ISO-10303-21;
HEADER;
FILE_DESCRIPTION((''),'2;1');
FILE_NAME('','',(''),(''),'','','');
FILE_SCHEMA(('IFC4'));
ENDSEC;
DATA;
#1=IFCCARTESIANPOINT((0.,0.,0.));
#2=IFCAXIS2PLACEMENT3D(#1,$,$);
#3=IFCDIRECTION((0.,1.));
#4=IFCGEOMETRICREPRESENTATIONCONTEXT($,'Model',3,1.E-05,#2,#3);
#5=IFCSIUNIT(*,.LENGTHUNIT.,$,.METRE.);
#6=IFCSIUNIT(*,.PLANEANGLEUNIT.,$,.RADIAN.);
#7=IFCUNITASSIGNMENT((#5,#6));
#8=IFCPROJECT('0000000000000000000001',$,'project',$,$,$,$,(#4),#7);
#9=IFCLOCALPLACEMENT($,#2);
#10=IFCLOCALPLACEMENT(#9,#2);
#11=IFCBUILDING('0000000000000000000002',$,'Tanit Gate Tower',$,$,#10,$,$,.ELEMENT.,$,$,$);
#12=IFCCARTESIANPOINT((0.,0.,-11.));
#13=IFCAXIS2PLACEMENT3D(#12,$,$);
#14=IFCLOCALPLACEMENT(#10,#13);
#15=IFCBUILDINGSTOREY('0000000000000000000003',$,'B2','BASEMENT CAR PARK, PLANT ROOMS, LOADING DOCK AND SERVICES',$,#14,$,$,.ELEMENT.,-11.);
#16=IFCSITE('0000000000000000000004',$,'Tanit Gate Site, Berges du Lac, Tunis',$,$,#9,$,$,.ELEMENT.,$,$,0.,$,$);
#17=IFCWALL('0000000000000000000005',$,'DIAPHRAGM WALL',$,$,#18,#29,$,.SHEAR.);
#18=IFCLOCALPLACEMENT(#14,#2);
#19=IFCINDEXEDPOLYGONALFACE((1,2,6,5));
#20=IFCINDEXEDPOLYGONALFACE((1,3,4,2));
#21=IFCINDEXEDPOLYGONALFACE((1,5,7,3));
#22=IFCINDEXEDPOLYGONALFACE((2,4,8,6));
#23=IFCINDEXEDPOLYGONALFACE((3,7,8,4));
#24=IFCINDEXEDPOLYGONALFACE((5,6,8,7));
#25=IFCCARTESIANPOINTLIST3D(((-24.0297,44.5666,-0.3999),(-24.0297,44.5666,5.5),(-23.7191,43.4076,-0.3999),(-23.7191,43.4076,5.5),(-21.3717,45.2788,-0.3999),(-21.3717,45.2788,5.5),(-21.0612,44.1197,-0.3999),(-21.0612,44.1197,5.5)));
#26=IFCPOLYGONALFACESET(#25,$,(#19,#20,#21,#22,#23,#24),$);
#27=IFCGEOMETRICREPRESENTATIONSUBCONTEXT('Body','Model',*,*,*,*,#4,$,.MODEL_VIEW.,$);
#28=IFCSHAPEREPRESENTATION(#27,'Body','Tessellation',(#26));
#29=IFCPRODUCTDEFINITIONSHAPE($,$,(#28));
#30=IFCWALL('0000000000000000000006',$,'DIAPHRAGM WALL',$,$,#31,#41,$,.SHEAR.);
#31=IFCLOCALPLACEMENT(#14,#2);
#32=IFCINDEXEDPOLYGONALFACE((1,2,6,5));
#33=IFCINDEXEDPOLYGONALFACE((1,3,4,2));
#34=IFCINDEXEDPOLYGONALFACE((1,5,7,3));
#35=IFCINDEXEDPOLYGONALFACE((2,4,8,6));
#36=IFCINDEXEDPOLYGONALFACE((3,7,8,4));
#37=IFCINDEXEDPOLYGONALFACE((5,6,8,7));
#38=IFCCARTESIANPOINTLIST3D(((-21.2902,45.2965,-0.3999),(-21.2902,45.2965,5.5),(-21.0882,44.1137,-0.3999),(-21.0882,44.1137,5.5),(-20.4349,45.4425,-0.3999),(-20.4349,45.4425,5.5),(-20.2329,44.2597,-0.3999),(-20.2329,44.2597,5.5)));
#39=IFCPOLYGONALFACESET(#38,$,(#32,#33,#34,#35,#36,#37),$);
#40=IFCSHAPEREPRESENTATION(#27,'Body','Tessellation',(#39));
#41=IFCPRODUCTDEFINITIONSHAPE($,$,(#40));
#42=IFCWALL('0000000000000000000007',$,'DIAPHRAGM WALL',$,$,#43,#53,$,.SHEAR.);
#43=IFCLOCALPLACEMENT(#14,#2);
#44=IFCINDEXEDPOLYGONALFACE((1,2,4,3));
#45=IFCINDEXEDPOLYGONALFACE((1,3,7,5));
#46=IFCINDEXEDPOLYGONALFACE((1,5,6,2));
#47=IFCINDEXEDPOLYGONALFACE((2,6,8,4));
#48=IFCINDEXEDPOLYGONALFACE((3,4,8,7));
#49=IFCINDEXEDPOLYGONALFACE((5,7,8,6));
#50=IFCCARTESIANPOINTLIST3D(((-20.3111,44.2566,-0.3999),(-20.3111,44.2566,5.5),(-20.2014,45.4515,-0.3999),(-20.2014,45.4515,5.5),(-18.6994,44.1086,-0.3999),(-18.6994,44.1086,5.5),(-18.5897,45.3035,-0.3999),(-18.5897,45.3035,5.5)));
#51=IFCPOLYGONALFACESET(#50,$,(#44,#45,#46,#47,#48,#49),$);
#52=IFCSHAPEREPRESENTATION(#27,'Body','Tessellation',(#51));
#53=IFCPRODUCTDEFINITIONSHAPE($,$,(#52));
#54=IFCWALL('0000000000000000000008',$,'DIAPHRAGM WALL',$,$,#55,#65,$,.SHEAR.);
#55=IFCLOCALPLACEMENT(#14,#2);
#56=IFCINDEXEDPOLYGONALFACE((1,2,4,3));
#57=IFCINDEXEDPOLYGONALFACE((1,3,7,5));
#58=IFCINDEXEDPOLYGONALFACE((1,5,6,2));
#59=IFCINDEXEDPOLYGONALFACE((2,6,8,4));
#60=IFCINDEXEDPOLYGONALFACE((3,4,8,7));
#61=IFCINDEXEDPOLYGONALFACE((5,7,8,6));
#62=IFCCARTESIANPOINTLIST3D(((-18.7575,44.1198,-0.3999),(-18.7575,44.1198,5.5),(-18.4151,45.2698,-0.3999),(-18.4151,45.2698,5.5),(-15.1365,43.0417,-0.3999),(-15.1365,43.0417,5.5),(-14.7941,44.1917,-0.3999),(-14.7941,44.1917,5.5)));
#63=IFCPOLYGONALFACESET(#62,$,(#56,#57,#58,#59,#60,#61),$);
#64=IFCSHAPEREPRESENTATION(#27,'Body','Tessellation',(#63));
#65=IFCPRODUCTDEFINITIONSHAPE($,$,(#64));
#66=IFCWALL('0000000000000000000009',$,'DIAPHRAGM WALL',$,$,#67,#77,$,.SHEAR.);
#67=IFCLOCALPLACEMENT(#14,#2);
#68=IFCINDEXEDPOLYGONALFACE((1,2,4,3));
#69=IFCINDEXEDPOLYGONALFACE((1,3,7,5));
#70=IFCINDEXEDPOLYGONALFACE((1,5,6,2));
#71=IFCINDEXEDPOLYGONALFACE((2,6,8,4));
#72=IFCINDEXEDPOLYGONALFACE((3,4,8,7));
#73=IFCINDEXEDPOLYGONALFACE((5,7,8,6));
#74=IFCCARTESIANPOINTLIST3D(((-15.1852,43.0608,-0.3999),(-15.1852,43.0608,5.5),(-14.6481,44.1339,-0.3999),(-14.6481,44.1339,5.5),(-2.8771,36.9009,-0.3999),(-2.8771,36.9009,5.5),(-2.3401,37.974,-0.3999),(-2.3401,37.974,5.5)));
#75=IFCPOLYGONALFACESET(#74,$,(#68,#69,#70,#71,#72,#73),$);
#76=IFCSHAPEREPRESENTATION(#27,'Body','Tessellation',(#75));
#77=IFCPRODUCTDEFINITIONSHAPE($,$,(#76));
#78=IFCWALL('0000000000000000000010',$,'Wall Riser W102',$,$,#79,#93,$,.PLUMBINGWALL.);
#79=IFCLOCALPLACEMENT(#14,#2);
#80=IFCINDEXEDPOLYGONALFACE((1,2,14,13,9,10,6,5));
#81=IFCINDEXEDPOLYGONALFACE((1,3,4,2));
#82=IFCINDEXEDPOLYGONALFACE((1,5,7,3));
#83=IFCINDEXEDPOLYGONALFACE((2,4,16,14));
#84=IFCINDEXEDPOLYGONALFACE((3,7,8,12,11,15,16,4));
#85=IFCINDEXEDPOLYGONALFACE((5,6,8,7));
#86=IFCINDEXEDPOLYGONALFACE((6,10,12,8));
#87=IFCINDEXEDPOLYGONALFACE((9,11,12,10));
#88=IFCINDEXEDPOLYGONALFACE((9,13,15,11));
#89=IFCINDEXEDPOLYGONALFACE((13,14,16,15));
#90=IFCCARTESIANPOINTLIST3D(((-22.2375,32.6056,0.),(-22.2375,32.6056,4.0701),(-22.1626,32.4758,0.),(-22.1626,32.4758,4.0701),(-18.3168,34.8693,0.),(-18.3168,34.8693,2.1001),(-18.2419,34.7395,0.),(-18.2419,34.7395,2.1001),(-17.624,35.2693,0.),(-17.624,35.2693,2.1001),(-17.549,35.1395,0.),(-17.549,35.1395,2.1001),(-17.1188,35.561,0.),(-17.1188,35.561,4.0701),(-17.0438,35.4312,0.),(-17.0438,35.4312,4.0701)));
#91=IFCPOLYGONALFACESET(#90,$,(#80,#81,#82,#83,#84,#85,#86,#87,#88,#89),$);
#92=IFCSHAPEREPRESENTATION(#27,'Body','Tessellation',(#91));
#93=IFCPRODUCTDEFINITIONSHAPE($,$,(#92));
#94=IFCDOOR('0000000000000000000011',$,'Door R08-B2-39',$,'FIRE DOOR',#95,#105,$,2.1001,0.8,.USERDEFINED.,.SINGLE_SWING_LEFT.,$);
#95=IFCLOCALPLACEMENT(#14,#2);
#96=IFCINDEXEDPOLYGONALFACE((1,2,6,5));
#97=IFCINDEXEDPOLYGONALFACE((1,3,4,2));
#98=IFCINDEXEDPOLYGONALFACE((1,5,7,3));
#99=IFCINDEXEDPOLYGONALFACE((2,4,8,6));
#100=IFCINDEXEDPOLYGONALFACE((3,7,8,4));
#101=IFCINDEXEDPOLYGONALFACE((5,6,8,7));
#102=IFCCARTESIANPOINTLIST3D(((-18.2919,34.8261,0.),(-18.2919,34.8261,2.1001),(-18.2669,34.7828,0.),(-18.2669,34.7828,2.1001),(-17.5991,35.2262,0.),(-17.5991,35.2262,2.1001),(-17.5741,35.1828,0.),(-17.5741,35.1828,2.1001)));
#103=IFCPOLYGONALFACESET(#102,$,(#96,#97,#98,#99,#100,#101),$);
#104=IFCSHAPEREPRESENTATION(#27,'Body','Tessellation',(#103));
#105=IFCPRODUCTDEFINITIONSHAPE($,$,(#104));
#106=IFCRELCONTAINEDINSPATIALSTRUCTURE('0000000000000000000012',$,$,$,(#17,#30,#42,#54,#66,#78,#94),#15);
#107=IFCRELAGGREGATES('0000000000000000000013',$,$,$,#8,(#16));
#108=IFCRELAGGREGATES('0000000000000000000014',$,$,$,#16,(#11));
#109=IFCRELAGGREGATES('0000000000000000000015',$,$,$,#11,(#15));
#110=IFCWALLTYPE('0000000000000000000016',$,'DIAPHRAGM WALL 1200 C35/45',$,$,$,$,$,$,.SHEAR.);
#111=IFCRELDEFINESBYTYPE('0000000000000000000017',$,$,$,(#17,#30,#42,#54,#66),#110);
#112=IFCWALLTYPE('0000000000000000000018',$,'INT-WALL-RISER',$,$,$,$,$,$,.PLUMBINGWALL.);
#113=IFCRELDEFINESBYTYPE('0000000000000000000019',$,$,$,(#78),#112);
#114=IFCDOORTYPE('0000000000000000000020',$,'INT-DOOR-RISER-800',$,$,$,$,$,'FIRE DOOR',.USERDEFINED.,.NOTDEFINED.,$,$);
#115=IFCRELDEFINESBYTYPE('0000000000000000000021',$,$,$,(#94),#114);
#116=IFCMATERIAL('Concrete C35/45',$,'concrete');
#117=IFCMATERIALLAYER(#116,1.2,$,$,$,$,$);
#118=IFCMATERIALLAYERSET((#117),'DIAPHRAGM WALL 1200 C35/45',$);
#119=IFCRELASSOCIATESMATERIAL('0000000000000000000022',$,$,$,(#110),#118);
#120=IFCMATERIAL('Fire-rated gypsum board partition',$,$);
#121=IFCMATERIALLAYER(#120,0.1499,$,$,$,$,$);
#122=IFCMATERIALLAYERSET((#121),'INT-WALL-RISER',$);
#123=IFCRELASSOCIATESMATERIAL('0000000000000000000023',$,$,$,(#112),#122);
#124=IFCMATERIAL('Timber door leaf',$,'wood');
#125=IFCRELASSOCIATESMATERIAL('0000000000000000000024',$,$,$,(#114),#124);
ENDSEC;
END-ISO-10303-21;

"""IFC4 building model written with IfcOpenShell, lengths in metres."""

from ifc_helpers import new_model, si_unit, direction, frame, frame_2d, origin, place, context, subcontext, project, spatial, rectangle, extrude, material, layer, layer_set, type_object, element, fill, save


model = new_model("IFC4")

# Units and contexts
model_context = context("Model", 3, precision=1e-05, world=origin(), true_north=direction((0.0, 1.0)))
body_context = subcontext(model_context, "Body", "Model", "MODEL_VIEW")
ifc_project = project(units=[si_unit("LENGTHUNIT", "METRE"), si_unit("PLANEANGLEUNIT", "RADIAN")], contexts=[model_context])

# Site, building, storey
site_placement = place(None, origin())
site = spatial("IfcSite", under=ifc_project, at=site_placement, Name="Tanit Gate Site, Berges du Lac, Tunis", CompositionType="ELEMENT", RefElevation=0.0)
building_placement = place(site_placement, origin())
building = spatial("IfcBuilding", under=site, at=building_placement, Name="Tanit Gate Tower", CompositionType="ELEMENT")
storey_placement = place(building_placement, frame((0.0, 0.0, -11.0)))
storey = spatial("IfcBuildingStorey", under=building, at=storey_placement, Name="B2", Description="BASEMENT CAR PARK, PLANT ROOMS, LOADING DOCK AND SERVICES", CompositionType="ELEMENT", Elevation=-11.0)

# Walls
ifc_material_1 = material(Name="Concrete C35/45", Category="concrete")
ifc_layer_1 = layer(ifc_material_1, 1.2)
ifc_layer_set_1 = layer_set([ifc_layer_1], Name="DIAPHRAGM WALL 1200 C35/45")
wall_type_1 = type_object("IfcWallType", Name="DIAPHRAGM WALL 1200 C35/45", PredefinedType="SHEAR", material=ifc_layer_set_1)
wall_1_placement = place(storey_placement, frame((-23.8745, 43.9871, -0.3999), z_axis=(0.0, 0.0, 1.0), x_axis=(0.965929, 0.258806, 0.0)))
element("IfcWall", 1, at=wall_1_placement, inside=storey, type_object=wall_type_1, Name="DIAPHRAGM WALL", PredefinedType="SHEAR", context=body_context, shape_type="SweptSolid", body=[
    extrude(rectangle(XDim=2.7517, YDim=1.2, at=frame_2d((1.376, 0.0))), origin(), (0.0, 0.0, 1.0), 5.8999),
])
wall_2_placement = place(storey_placement, frame((-21.1892, 44.7051, -0.3999), z_axis=(0.0, 0.0, 1.0), x_axis=(0.98574, 0.168276, 0.0)))
element("IfcWall", 2, at=wall_2_placement, inside=storey, type_object=wall_type_1, Name="DIAPHRAGM WALL", PredefinedType="SHEAR", context=body_context, shape_type="SweptSolid", body=[
    extrude(rectangle(XDim=0.8677, YDim=1.2, at=frame_2d((0.4338, 0.0))), origin(), (0.0, 0.0, 1.0), 5.8999),
])
wall_3_placement = place(storey_placement, frame((-20.2561, 44.854, -0.3999), z_axis=(0.0, 0.0, 1.0), x_axis=(0.995812, -0.09142, 0.0)))
element("IfcWall", 3, at=wall_3_placement, inside=storey, type_object=wall_type_1, Name="DIAPHRAGM WALL", PredefinedType="SHEAR", context=body_context, shape_type="SweptSolid", body=[
    extrude(rectangle(XDim=1.6184, YDim=1.2, at=frame_2d((0.8091, 0.0))), origin(), (0.0, 0.0, 1.0), 5.8999),
])
wall_4_placement = place(storey_placement, frame((-18.5864, 44.6948, -0.3999), z_axis=(0.0, 0.0, 1.0), x_axis=(0.958422, -0.285355, 0.0)))
element("IfcWall", 4, at=wall_4_placement, inside=storey, type_object=wall_type_1, Name="DIAPHRAGM WALL", PredefinedType="SHEAR", context=body_context, shape_type="SweptSolid", body=[
    extrude(rectangle(XDim=3.7781, YDim=1.2, at=frame_2d((1.8892, 0.0))), origin(), (0.0, 0.0, 1.0), 5.8999),
])
wall_5_placement = place(storey_placement, frame((-14.9167, 43.5974, -0.3999), z_axis=(0.0, 0.0, 1.0), x_axis=(0.894257, -0.447554, 0.0)))
element("IfcWall", 5, at=wall_5_placement, inside=storey, type_object=wall_type_1, Name="DIAPHRAGM WALL", PredefinedType="SHEAR", context=body_context, shape_type="SweptSolid", body=[
    extrude(rectangle(XDim=13.7634, YDim=1.2, at=frame_2d((6.8818, 0.0))), origin(), (0.0, 0.0, 1.0), 5.8999),
])

# Wall, opening, door
ifc_material_2 = material(Name="Fire-rated gypsum board partition")
ifc_layer_2 = layer(ifc_material_2, 0.1499)
ifc_layer_set_2 = layer_set([ifc_layer_2], Name="INT-WALL-RISER")
wall_type_2 = type_object("IfcWallType", Name="INT-WALL-RISER", PredefinedType="PLUMBINGWALL", material=ifc_layer_set_2)
wall_6_placement = place(storey_placement, frame((-17.0813, 35.4961, 0.0), z_axis=(0.0, 0.0, 1.0), x_axis=(-0.86602, -0.500008, 0.0)))
wall_6 = element("IfcWall", 6, at=wall_6_placement, inside=storey, type_object=wall_type_2, Name="Wall Riser W102", PredefinedType="PLUMBINGWALL", context=body_context, shape_type="SweptSolid", body=[
    extrude(rectangle(XDim=5.9106, YDim=0.1499, at=frame_2d((2.9553, 0.0))), origin(), (0.0, 0.0, 1.0), 4.0701),
])
opening_placement = place(wall_6_placement, frame((0.5835, 0.0, 0.0)))
opening = element("IfcOpeningElement", 7, at=opening_placement, cuts=wall_6, PredefinedType="OPENING", context=body_context, shape_type="SweptSolid", body=[
    extrude(rectangle(XDim=0.8, YDim=2.1001, at=frame_2d((0.3999, 1.05))), frame((0.0, 0.085, 0.0), z_axis=(0.0, -1.0, 0.0), x_axis=(1.0, 0.0, 0.0)), (0.0, 0.0, 1.0), 0.1699),
])
ifc_material_3 = material(Name="Timber door leaf", Category="wood")
door_type = type_object("IfcDoorType", Name="INT-DOOR-RISER-800", ElementType="FIRE DOOR", OperationType="NOTDEFINED", PredefinedType="USERDEFINED", material=ifc_material_3)
door_placement = place(opening_placement, origin())
door = element("IfcDoor", 8, at=door_placement, inside=storey, type_object=door_type, Name="Door R08-B2-39", ObjectType="FIRE DOOR", OperationType="SINGLE_SWING_LEFT", OverallHeight=2.1001, OverallWidth=0.8, PredefinedType="USERDEFINED", context=body_context, shape_type="SweptSolid", body=[
    extrude(rectangle(XDim=0.8, YDim=2.1001, at=frame_2d((0.3999, 1.05))), frame((0.0, 0.0249, 0.0), z_axis=(0.0, -1.0, 0.0), x_axis=(1.0, 0.0, 0.0)), (0.0, 0.0, 1.0), 0.05),
])
fill(opening, door)

save(model, "model.ifc")
